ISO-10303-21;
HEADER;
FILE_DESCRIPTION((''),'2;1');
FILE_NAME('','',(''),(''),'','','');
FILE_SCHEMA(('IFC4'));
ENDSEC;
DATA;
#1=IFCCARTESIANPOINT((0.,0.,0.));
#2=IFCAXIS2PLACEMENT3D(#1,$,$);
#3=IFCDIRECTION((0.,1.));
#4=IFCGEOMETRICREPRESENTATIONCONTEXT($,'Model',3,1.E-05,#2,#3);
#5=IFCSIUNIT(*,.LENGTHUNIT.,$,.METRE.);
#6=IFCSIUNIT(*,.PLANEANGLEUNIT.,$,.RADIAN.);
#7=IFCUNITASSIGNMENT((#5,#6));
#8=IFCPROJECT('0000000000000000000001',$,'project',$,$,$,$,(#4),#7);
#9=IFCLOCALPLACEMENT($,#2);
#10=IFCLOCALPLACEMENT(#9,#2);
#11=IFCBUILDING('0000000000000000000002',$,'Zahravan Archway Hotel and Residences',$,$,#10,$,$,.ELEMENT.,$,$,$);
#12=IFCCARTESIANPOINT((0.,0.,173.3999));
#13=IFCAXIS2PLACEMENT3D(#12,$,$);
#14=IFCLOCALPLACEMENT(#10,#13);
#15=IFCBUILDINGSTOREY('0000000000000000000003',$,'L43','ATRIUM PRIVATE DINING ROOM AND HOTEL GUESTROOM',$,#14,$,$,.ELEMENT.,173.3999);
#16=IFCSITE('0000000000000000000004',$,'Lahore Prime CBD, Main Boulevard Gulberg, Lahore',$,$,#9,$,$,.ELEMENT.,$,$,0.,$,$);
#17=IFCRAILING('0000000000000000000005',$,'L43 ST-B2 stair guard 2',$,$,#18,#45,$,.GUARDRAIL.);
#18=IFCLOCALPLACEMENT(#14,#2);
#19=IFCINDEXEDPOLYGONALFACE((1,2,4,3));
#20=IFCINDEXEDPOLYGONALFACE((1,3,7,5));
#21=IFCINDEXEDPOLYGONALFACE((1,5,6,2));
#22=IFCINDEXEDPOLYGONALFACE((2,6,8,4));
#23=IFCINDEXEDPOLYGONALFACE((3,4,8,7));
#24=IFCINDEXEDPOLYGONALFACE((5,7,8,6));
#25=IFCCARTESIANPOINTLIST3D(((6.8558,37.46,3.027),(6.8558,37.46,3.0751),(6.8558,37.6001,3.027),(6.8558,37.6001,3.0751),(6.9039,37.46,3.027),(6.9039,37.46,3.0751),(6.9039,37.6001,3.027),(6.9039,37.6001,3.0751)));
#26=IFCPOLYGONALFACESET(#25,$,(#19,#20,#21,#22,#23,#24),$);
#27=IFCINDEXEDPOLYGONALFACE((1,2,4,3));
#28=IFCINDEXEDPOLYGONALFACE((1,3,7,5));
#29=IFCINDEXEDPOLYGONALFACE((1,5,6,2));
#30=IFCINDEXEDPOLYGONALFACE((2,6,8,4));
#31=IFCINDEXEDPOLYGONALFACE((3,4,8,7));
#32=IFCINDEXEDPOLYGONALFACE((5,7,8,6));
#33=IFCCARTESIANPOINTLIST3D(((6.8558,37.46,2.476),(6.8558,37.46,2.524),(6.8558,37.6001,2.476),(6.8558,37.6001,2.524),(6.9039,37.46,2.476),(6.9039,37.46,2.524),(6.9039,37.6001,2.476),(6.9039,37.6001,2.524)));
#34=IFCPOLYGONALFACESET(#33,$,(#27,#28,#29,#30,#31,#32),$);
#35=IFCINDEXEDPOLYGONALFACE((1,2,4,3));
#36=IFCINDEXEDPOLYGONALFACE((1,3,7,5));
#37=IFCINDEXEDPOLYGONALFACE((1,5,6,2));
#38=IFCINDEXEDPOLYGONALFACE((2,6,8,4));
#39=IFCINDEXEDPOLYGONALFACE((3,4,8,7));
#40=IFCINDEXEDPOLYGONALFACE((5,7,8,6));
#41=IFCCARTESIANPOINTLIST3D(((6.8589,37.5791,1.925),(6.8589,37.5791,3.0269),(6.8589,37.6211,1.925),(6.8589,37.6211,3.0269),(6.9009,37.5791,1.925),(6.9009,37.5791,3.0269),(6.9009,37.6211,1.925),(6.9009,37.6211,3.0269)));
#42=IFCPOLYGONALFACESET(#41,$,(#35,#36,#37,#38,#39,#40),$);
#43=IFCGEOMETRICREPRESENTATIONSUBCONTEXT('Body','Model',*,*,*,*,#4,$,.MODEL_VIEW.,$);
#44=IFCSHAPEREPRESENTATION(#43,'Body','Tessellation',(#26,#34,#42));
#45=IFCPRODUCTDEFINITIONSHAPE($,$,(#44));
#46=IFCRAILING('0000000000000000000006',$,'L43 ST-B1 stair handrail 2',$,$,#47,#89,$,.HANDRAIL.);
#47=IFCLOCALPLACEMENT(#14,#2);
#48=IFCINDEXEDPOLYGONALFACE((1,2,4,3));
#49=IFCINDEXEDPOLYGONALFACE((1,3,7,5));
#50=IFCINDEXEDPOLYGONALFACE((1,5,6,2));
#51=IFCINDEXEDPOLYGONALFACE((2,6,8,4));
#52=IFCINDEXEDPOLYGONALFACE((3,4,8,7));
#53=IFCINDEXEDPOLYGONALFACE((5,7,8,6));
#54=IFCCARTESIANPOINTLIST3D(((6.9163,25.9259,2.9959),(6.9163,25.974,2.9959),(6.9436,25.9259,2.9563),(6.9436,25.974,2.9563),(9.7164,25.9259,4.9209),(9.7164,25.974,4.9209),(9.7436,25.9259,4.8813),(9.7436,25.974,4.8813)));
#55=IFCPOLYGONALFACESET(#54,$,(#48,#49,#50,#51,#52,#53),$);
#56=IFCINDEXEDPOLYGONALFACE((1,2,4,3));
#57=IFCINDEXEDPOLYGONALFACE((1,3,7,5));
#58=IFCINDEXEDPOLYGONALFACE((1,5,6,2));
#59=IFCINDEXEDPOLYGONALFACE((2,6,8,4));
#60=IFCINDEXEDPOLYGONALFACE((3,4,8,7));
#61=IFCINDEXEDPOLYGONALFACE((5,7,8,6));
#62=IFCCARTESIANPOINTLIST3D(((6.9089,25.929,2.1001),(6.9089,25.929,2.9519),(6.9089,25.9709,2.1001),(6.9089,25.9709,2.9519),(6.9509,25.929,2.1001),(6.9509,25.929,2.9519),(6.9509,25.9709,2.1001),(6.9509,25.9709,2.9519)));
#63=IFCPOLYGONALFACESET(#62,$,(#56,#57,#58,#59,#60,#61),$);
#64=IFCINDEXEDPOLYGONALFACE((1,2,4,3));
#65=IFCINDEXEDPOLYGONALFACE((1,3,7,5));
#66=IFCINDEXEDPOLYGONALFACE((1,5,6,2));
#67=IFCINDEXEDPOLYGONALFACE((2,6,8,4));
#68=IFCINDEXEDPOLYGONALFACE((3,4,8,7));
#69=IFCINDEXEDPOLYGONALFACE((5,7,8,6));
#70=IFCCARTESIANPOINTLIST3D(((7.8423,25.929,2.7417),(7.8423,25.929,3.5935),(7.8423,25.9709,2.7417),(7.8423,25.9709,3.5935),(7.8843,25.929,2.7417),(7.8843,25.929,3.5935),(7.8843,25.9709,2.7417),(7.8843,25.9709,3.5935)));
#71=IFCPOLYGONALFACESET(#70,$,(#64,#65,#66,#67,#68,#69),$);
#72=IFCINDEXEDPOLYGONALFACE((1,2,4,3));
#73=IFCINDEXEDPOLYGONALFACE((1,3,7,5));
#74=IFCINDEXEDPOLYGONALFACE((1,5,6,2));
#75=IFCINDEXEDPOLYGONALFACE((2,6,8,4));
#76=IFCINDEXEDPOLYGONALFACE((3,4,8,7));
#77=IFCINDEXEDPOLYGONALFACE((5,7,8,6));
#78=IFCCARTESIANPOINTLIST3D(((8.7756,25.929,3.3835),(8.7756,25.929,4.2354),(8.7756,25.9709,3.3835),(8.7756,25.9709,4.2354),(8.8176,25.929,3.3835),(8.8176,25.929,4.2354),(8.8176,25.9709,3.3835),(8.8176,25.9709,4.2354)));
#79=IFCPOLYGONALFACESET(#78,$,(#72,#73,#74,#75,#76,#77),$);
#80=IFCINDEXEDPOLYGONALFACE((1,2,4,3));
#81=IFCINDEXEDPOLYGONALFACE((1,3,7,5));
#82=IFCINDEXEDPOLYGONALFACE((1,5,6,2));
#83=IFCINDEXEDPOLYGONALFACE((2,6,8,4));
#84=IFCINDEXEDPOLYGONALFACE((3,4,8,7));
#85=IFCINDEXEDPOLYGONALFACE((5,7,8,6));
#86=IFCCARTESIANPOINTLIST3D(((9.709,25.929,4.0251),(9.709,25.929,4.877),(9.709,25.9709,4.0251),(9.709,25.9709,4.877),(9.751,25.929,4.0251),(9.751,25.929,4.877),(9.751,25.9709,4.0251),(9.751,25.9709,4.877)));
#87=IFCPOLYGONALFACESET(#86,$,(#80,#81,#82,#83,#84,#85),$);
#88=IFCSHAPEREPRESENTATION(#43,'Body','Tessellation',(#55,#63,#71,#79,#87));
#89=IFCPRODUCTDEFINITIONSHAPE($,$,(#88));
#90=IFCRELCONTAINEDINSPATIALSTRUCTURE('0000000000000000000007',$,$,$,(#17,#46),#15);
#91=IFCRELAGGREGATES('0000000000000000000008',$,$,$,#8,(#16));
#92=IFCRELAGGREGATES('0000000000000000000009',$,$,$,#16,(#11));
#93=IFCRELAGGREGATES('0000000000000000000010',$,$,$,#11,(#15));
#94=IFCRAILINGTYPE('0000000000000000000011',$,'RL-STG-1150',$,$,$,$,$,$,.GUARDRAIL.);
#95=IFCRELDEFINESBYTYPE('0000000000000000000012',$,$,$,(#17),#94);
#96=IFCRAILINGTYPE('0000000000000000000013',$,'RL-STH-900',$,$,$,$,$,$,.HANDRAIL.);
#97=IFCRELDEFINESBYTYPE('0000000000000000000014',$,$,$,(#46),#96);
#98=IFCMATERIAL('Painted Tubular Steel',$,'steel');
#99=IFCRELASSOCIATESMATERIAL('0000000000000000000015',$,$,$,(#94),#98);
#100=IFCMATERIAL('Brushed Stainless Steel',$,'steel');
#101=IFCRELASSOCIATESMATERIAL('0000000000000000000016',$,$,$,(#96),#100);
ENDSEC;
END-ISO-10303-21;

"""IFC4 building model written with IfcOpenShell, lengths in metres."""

from ifc_helpers import new_model, si_unit, direction, frame, origin, origin_2d, place, context, subcontext, project, spatial, rectangle, extrude, material, type_object, element, save


model = new_model("IFC4")

# Units and contexts
model_context = context("Model", 3, precision=1e-05, world=origin(), true_north=direction((0.0, 1.0)))
body_context = subcontext(model_context, "Body", "Model", "MODEL_VIEW")
ifc_project = project(units=[si_unit("LENGTHUNIT", "METRE"), si_unit("PLANEANGLEUNIT", "RADIAN")], contexts=[model_context])

# Site, building, storey
site_placement = place(None, origin())
site = spatial("IfcSite", under=ifc_project, at=site_placement, Name="Lahore Prime CBD, Main Boulevard Gulberg, Lahore", CompositionType="ELEMENT", RefElevation=0.0)
building_placement = place(site_placement, origin())
building = spatial("IfcBuilding", under=site, at=building_placement, Name="Zahravan Archway Hotel and Residences", CompositionType="ELEMENT")
storey_placement = place(building_placement, frame((0.0, 0.0, 173.3999)))
storey = spatial("IfcBuildingStorey", under=building, at=storey_placement, Name="L43", Description="ATRIUM PRIVATE DINING ROOM AND HOTEL GUESTROOM", CompositionType="ELEMENT", Elevation=173.3999)

# Shared definitions
ifc_material_1 = material(Name="Brushed Stainless Steel", Category="steel")

# Railings
ifc_material_2 = material(Name="Painted Tubular Steel", Category="steel")
railing_type_1 = type_object("IfcRailingType", Name="RL-STG-1150", PredefinedType="GUARDRAIL", material=ifc_material_2)
railing_1_placement = place(storey_placement, frame((6.8799, 37.6001, 1.925)))
element("IfcRailing", 1, at=railing_1_placement, inside=storey, type_object=railing_type_1, Name="L43 ST-B2 stair guard 2", PredefinedType="GUARDRAIL", context=body_context, shape_type="SweptSolid", body=[
    extrude(rectangle(XDim=0.0481, YDim=0.0481, at=origin_2d()), frame((0.0, 0.0, 1.126), z_axis=(0.0, -1.0, 0.0), x_axis=(1.0, 0.0, 0.0)), (0.0, 0.0, 1.0), 0.1401),
    extrude(rectangle(XDim=0.0481, YDim=0.0481, at=origin_2d()), frame((0.0, 0.0, 0.575), z_axis=(0.0, -1.0, 0.0), x_axis=(1.0, 0.0, 0.0)), (0.0, 0.0, 1.0), 0.1401),
    extrude(rectangle(XDim=0.042, YDim=0.042, at=origin_2d()), origin(), (0.0, 0.0, 1.0), 1.1018),
])
railing_type_2 = type_object("IfcRailingType", Name="RL-STH-900", PredefinedType="HANDRAIL", material=ifc_material_1)
railing_2_placement = place(storey_placement, frame((6.9299, 25.95, 2.1001)))
element("IfcRailing", 2, at=railing_2_placement, inside=storey, type_object=railing_type_2, Name="L43 ST-B1 stair handrail 2", PredefinedType="HANDRAIL", context=body_context, shape_type="SweptSolid", body=[
    extrude(rectangle(XDim=0.0481, YDim=0.0481, at=origin_2d()), frame((0.0, 0.0, 0.876), z_axis=(0.82404, 0.0, 0.566532), x_axis=(0.0, 1.0, 0.0)), (0.0, 0.0, 1.0), 3.3979),
    extrude(rectangle(XDim=0.042, YDim=0.042, at=origin_2d()), origin(), (0.0, 0.0, 1.0), 0.8518),
    extrude(rectangle(XDim=0.042, YDim=0.042, at=origin_2d()), frame((0.9333, 0.0, 0.6416)), (0.0, 0.0, 1.0), 0.8518),
    extrude(rectangle(XDim=0.042, YDim=0.042, at=origin_2d()), frame((1.8667, 0.0, 1.2834)), (0.0, 0.0, 1.0), 0.8518),
    extrude(rectangle(XDim=0.042, YDim=0.042, at=origin_2d()), frame((2.8, 0.0, 1.925)), (0.0, 0.0, 1.0), 0.8518),
])

save(model, "model.ifc")
